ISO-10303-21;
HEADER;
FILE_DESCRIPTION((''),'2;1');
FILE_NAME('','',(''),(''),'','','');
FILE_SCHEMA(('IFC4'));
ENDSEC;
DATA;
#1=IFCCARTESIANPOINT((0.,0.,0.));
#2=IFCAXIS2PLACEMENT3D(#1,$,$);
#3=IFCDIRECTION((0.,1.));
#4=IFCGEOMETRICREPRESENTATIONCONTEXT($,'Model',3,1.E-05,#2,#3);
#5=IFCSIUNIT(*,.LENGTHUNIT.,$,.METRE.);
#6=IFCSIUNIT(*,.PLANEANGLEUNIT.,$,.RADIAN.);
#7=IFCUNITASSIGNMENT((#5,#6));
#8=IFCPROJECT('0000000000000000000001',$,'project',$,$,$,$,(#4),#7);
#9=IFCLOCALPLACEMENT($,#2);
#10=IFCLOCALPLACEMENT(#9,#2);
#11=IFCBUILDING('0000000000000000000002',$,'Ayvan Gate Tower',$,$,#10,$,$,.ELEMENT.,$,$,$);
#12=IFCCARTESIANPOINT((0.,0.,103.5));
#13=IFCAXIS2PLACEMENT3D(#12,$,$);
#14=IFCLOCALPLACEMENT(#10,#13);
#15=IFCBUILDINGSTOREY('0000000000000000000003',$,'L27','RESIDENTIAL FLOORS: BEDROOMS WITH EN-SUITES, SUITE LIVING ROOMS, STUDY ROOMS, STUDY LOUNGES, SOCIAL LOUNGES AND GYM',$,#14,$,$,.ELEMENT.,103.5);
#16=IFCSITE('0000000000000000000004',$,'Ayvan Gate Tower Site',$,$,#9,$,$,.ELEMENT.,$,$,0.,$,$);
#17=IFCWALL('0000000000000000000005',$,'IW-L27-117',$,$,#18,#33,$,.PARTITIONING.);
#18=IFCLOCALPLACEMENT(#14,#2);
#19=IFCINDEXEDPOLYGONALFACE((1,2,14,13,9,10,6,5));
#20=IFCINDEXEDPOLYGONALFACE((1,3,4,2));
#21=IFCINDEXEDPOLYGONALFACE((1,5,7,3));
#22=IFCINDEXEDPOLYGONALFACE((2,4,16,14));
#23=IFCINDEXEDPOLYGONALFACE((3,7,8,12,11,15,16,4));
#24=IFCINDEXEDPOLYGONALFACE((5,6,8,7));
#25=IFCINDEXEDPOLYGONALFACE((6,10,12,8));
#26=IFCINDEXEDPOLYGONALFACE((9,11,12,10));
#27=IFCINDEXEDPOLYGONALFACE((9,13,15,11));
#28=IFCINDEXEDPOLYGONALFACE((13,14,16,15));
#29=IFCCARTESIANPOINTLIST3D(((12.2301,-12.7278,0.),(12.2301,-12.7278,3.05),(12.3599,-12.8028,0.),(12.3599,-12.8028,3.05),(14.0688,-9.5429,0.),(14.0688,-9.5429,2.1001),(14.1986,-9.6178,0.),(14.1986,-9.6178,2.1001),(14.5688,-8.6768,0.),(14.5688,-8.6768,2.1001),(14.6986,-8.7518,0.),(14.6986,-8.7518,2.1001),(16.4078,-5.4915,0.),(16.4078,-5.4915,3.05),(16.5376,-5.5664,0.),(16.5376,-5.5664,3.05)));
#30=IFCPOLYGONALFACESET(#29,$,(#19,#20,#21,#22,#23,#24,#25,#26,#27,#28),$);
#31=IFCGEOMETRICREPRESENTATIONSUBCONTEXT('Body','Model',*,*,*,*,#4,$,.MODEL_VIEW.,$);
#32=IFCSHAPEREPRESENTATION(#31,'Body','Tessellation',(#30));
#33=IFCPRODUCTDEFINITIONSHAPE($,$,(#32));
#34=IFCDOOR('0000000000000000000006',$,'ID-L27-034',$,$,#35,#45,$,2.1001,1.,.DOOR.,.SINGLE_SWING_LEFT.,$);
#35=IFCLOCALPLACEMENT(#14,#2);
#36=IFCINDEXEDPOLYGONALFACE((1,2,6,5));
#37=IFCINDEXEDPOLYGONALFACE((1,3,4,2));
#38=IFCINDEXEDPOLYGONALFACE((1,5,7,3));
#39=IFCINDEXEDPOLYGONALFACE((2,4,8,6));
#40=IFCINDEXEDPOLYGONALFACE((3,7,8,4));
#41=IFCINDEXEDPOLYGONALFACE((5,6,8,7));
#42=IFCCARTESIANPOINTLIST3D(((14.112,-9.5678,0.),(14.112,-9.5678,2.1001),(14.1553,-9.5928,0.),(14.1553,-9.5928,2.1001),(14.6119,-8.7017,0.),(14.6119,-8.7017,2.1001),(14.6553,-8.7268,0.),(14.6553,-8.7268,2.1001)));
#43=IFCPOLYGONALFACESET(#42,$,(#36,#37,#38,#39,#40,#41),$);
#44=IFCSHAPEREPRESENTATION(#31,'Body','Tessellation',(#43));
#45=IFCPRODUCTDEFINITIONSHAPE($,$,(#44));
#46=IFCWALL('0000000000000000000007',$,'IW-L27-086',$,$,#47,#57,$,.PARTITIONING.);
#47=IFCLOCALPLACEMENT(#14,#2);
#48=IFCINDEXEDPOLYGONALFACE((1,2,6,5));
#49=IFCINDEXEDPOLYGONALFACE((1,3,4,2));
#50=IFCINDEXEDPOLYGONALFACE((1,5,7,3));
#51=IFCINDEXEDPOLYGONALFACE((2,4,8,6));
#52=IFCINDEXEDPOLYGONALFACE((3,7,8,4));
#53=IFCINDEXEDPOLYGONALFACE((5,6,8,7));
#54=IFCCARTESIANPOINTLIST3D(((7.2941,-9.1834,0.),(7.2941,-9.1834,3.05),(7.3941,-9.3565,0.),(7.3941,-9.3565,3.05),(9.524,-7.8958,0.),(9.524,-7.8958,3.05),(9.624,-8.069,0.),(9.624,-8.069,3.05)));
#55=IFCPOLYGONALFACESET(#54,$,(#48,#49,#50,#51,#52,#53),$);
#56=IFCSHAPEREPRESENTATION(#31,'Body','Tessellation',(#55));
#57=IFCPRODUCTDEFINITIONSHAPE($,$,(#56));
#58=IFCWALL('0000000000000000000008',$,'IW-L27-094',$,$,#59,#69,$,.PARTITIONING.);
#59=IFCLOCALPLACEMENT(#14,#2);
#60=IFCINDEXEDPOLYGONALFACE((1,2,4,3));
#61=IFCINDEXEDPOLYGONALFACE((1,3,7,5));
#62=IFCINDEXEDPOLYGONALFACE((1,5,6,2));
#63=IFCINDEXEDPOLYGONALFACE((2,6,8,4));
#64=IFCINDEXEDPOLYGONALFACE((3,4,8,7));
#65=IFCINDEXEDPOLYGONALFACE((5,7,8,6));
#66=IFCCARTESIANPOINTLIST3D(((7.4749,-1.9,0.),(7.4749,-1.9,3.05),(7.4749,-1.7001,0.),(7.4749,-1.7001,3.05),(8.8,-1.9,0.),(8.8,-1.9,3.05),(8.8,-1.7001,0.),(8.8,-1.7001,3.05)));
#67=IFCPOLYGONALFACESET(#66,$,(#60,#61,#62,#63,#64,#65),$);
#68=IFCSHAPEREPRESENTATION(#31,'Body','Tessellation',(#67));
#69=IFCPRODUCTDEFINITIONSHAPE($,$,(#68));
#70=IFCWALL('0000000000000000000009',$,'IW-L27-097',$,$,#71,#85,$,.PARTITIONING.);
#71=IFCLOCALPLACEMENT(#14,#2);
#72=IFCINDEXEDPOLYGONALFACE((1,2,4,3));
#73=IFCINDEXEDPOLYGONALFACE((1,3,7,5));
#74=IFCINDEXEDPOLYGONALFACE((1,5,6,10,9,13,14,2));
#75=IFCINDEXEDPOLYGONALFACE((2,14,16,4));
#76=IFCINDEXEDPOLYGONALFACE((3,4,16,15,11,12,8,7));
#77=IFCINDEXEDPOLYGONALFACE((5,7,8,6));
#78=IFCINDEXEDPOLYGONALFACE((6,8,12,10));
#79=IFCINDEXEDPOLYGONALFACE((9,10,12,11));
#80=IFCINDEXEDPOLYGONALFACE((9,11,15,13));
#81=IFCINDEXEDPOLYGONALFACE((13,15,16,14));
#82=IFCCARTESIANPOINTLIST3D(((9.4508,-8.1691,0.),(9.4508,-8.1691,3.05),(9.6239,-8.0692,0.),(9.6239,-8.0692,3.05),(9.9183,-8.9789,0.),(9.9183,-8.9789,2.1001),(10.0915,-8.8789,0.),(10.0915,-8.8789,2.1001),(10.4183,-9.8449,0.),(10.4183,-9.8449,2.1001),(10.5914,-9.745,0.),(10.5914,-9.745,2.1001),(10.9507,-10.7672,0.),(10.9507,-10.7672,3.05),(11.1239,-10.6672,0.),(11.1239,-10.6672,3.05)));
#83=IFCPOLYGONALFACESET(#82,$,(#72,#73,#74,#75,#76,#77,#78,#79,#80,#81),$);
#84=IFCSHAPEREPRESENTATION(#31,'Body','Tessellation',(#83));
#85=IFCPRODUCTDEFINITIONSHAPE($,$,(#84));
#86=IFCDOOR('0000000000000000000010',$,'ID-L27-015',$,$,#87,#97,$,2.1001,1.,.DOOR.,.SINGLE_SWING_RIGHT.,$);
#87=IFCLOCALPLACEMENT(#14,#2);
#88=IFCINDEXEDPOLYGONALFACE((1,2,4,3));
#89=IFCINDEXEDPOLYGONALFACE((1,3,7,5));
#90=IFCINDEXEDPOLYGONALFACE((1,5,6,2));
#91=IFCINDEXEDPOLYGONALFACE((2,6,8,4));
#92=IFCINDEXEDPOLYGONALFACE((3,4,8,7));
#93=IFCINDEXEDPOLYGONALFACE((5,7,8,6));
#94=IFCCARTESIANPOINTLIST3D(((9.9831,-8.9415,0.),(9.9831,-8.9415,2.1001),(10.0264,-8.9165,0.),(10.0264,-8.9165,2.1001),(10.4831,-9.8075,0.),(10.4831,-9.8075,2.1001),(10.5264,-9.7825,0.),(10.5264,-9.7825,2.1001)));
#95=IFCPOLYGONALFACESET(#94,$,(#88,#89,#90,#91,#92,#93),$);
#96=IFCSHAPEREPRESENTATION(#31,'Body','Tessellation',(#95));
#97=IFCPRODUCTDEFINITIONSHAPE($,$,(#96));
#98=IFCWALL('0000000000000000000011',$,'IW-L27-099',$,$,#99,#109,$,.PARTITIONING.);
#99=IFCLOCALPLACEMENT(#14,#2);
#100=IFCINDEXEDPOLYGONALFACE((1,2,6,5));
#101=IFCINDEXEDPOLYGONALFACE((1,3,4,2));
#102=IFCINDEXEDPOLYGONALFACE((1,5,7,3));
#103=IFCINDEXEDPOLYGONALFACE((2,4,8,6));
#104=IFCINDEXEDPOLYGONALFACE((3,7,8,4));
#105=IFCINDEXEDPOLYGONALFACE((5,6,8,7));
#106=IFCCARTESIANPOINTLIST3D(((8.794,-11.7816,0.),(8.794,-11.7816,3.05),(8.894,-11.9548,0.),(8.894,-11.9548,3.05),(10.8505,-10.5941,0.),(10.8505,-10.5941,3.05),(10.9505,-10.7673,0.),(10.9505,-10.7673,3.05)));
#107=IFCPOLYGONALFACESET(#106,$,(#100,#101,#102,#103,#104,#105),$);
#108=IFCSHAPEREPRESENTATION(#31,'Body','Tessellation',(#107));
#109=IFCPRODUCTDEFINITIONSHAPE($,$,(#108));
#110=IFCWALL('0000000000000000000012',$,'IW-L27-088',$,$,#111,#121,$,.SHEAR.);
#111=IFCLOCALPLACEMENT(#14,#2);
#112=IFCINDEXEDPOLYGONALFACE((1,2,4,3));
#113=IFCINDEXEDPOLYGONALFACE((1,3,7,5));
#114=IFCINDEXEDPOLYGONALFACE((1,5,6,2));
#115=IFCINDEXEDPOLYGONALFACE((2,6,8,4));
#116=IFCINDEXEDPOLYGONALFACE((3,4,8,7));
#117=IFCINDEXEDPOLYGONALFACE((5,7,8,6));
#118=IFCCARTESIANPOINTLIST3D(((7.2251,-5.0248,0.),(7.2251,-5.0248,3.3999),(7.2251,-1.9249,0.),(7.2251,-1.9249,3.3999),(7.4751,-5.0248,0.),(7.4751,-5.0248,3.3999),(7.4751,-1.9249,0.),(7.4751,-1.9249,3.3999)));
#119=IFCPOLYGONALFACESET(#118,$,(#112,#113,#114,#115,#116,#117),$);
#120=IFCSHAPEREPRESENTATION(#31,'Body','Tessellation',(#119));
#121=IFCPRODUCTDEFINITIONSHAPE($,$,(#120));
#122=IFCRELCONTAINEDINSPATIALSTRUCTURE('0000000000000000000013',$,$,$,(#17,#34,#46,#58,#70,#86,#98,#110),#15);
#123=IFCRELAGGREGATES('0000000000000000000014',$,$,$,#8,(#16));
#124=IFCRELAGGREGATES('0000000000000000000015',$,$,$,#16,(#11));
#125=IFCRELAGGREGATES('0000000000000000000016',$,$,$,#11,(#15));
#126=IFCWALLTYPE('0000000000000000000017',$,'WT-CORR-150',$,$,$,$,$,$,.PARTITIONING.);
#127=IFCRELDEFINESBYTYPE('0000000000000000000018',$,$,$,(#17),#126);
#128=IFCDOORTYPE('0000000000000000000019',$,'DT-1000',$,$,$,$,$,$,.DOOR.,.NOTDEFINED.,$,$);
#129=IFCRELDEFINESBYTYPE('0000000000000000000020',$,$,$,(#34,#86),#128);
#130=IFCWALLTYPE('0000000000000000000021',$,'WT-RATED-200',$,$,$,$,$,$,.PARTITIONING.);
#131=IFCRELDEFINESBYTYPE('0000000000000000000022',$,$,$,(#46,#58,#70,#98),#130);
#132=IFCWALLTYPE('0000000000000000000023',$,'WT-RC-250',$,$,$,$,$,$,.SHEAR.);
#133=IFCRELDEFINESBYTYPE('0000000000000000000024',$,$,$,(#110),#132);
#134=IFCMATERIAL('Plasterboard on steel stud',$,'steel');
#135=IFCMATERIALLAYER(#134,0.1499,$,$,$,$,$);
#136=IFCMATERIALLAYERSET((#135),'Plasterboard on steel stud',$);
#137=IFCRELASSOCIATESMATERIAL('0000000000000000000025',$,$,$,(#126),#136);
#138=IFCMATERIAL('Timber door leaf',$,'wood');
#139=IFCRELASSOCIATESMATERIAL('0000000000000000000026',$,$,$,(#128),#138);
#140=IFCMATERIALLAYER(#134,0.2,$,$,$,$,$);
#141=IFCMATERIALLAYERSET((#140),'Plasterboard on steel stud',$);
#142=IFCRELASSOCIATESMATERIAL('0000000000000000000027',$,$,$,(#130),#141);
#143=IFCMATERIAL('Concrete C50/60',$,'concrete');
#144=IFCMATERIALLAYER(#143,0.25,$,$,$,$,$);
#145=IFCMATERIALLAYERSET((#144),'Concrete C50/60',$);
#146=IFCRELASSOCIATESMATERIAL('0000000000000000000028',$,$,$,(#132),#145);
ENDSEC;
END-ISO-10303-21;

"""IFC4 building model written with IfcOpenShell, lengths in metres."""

from ifc_helpers import new_model, si_unit, direction, frame, frame_2d, origin, place, context, subcontext, project, spatial, rectangle, extrude, material, layer, layer_set, type_object, element, fill, save


model = new_model("IFC4")

# Units and contexts
model_context = context("Model", 3, precision=1e-05, world=origin(), true_north=direction((0.0, 1.0)))
body_context = subcontext(model_context, "Body", "Model", "MODEL_VIEW")
ifc_project = project(units=[si_unit("LENGTHUNIT", "METRE"), si_unit("PLANEANGLEUNIT", "RADIAN")], contexts=[model_context])

# Site, building, storey
site_placement = place(None, origin())
site = spatial("IfcSite", under=ifc_project, at=site_placement, Name="Ayvan Gate Tower Site", CompositionType="ELEMENT", RefElevation=0.0)
building_placement = place(site_placement, origin())
building = spatial("IfcBuilding", under=site, at=building_placement, Name="Ayvan Gate Tower", CompositionType="ELEMENT")
storey_placement = place(building_placement, frame((0.0, 0.0, 103.5)))
storey = spatial("IfcBuildingStorey", under=building, at=storey_placement, Name="L27", Description="RESIDENTIAL FLOORS: BEDROOMS WITH EN-SUITES, SUITE LIVING ROOMS, STUDY ROOMS, STUDY LOUNGES, SOCIAL LOUNGES AND GYM", CompositionType="ELEMENT", Elevation=103.5)

# Shared definitions
ifc_material_1 = material(Name="Timber door leaf", Category="wood")

# Shared definitions
ifc_material_2 = material(Name="Plasterboard on steel stud", Category="steel")
ifc_layer_1 = layer(ifc_material_2, 0.1499)
ifc_layer_set_1 = layer_set([ifc_layer_1], Name="Plasterboard on steel stud")
wall_type_1 = type_object("IfcWallType", Name="WT-CORR-150", PredefinedType="PARTITIONING", material=ifc_layer_set_1)

# Wall, opening, door
door_type_1 = type_object("IfcDoorType", Name="DT-1000", OperationType="NOTDEFINED", PredefinedType="DOOR", material=ifc_material_1)
wall_1_placement = place(storey_placement, frame((16.4727, -5.5291, 0.0), z_axis=(0.0, 0.0, 1.0), x_axis=(-0.499985, -0.866034, 0.0)))
wall_1 = element("IfcWall", 1, at=wall_1_placement, inside=storey, type_object=wall_type_1, Name="IW-L27-117", PredefinedType="PARTITIONING", context=body_context, shape_type="SweptSolid", body=[
    extrude(rectangle(XDim=8.3557, YDim=0.1499, at=frame_2d((4.1777, 0.0))), origin(), (0.0, 0.0, 1.0), 3.05),
])
opening_1_placement = place(wall_1_placement, frame((3.678, 0.0, 0.0)))
opening_1 = element("IfcOpeningElement", 2, at=opening_1_placement, cuts=wall_1, PredefinedType="OPENING", context=body_context, shape_type="SweptSolid", body=[
    extrude(rectangle(XDim=1.0, YDim=2.1001, at=frame_2d((0.5, 1.05))), frame((0.0, 0.085, 0.0), z_axis=(0.0, -1.0, 0.0), x_axis=(1.0, 0.0, 0.0)), (0.0, 0.0, 1.0), 0.1699),
])
door_1_placement = place(opening_1_placement, origin())
door_1 = element("IfcDoor", 3, at=door_1_placement, inside=storey, type_object=door_type_1, Name="ID-L27-034", OperationType="SINGLE_SWING_LEFT", OverallHeight=2.1001, OverallWidth=1.0, PredefinedType="DOOR", context=body_context, shape_type="SweptSolid", body=[
    extrude(rectangle(XDim=1.0, YDim=2.1001, at=frame_2d((0.5, 1.05))), frame((0.0, 0.0249, 0.0), z_axis=(0.0, -1.0, 0.0), x_axis=(1.0, 0.0, 0.0)), (0.0, 0.0, 1.0), 0.05),
])
fill(opening_1, door_1)

# Walls
ifc_layer_2 = layer(ifc_material_2, 0.2)
ifc_layer_set_2 = layer_set([ifc_layer_2], Name="Plasterboard on steel stud")
wall_type_2 = type_object("IfcWallType", Name="WT-RATED-200", PredefinedType="PARTITIONING", material=ifc_layer_set_2)
wall_2_placement = place(storey_placement, frame((7.344, -9.27, 0.0), z_axis=(0.0, 0.0, 1.0), x_axis=(0.866006, 0.500034, 0.0)))
element("IfcWall", 4, at=wall_2_placement, inside=storey, type_object=wall_type_2, Name="IW-L27-086", PredefinedType="PARTITIONING", context=body_context, shape_type="SweptSolid", body=[
    extrude(rectangle(XDim=2.575, YDim=0.2, at=frame_2d((1.2876, 0.0))), origin(), (0.0, 0.0, 1.0), 3.05),
])
wall_3_placement = place(storey_placement, frame((8.8, -1.8, 0.0), z_axis=(0.0, 0.0, 1.0), x_axis=(-1.0, 0.0, 0.0)))
element("IfcWall", 5, at=wall_3_placement, inside=storey, type_object=wall_type_2, Name="IW-L27-094", PredefinedType="PARTITIONING", context=body_context, shape_type="SweptSolid", body=[
    extrude(rectangle(XDim=1.3252, YDim=0.2, at=frame_2d((0.6626, 0.0))), origin(), (0.0, 0.0, 1.0), 3.05),
])

# Wall, opening, door
wall_4_placement = place(storey_placement, frame((9.5374, -8.1191, 0.0), z_axis=(0.0, 0.0, 1.0), x_axis=(0.49999, -0.866031, 0.0)))
wall_4 = element("IfcWall", 6, at=wall_4_placement, inside=storey, type_object=wall_type_2, Name="IW-L27-097", PredefinedType="PARTITIONING", context=body_context, shape_type="SweptSolid", body=[
    extrude(rectangle(XDim=3.0, YDim=0.2, at=frame_2d((1.5, 0.0))), origin(), (0.0, 0.0, 1.0), 3.05),
])
opening_2_placement = place(wall_4_placement, frame((0.9351, 0.0, 0.0)))
opening_2 = element("IfcOpeningElement", 7, at=opening_2_placement, cuts=wall_4, PredefinedType="OPENING", context=body_context, shape_type="SweptSolid", body=[
    extrude(rectangle(XDim=1.0, YDim=2.1001, at=frame_2d((0.5, 1.05))), frame((0.0, 0.1099, 0.0), z_axis=(0.0, -1.0, 0.0), x_axis=(1.0, 0.0, 0.0)), (0.0, 0.0, 1.0), 0.22),
])
door_2_placement = place(opening_2_placement, origin())
door_2 = element("IfcDoor", 8, at=door_2_placement, inside=storey, type_object=door_type_1, Name="ID-L27-015", OperationType="SINGLE_SWING_RIGHT", OverallHeight=2.1001, OverallWidth=1.0, PredefinedType="DOOR", context=body_context, shape_type="SweptSolid", body=[
    extrude(rectangle(XDim=1.0, YDim=2.1001, at=frame_2d((0.5, 1.05))), frame((0.0, 0.0249, 0.0), z_axis=(0.0, -1.0, 0.0), x_axis=(1.0, 0.0, 0.0)), (0.0, 0.0, 1.0), 0.05),
])
fill(opening_2, door_2)

# Walls
wall_5_placement = place(storey_placement, frame((10.9006, -10.6807, 0.0), z_axis=(0.0, 0.0, 1.0), x_axis=(-0.866008, -0.500031, 0.0)))
element("IfcWall", 9, at=wall_5_placement, inside=storey, type_object=wall_type_2, Name="IW-L27-099", PredefinedType="PARTITIONING", context=body_context, shape_type="SweptSolid", body=[
    extrude(rectangle(XDim=2.3748, YDim=0.2, at=frame_2d((1.1875, 0.0))), origin(), (0.0, 0.0, 1.0), 3.05),
])
ifc_material_3 = material(Name="Concrete C50/60", Category="concrete")
ifc_layer_3 = layer(ifc_material_3, 0.25)
ifc_layer_set_3 = layer_set([ifc_layer_3], Name="Concrete C50/60")
wall_type_3 = type_object("IfcWallType", Name="WT-RC-250", PredefinedType="SHEAR", material=ifc_layer_set_3)
wall_6_placement = place(storey_placement, frame((7.3501, -1.925, 0.0), z_axis=(0.0, 0.0, 1.0), x_axis=(0.0, -1.0, 0.0)))
element("IfcWall", 10, at=wall_6_placement, inside=storey, type_object=wall_type_3, Name="IW-L27-088", PredefinedType="SHEAR", context=body_context, shape_type="SweptSolid", body=[
    extrude(rectangle(XDim=3.0999, YDim=0.25, at=frame_2d((1.5498, 0.0))), origin(), (0.0, 0.0, 1.0), 3.3999),
])

save(model, "model.ifc")
